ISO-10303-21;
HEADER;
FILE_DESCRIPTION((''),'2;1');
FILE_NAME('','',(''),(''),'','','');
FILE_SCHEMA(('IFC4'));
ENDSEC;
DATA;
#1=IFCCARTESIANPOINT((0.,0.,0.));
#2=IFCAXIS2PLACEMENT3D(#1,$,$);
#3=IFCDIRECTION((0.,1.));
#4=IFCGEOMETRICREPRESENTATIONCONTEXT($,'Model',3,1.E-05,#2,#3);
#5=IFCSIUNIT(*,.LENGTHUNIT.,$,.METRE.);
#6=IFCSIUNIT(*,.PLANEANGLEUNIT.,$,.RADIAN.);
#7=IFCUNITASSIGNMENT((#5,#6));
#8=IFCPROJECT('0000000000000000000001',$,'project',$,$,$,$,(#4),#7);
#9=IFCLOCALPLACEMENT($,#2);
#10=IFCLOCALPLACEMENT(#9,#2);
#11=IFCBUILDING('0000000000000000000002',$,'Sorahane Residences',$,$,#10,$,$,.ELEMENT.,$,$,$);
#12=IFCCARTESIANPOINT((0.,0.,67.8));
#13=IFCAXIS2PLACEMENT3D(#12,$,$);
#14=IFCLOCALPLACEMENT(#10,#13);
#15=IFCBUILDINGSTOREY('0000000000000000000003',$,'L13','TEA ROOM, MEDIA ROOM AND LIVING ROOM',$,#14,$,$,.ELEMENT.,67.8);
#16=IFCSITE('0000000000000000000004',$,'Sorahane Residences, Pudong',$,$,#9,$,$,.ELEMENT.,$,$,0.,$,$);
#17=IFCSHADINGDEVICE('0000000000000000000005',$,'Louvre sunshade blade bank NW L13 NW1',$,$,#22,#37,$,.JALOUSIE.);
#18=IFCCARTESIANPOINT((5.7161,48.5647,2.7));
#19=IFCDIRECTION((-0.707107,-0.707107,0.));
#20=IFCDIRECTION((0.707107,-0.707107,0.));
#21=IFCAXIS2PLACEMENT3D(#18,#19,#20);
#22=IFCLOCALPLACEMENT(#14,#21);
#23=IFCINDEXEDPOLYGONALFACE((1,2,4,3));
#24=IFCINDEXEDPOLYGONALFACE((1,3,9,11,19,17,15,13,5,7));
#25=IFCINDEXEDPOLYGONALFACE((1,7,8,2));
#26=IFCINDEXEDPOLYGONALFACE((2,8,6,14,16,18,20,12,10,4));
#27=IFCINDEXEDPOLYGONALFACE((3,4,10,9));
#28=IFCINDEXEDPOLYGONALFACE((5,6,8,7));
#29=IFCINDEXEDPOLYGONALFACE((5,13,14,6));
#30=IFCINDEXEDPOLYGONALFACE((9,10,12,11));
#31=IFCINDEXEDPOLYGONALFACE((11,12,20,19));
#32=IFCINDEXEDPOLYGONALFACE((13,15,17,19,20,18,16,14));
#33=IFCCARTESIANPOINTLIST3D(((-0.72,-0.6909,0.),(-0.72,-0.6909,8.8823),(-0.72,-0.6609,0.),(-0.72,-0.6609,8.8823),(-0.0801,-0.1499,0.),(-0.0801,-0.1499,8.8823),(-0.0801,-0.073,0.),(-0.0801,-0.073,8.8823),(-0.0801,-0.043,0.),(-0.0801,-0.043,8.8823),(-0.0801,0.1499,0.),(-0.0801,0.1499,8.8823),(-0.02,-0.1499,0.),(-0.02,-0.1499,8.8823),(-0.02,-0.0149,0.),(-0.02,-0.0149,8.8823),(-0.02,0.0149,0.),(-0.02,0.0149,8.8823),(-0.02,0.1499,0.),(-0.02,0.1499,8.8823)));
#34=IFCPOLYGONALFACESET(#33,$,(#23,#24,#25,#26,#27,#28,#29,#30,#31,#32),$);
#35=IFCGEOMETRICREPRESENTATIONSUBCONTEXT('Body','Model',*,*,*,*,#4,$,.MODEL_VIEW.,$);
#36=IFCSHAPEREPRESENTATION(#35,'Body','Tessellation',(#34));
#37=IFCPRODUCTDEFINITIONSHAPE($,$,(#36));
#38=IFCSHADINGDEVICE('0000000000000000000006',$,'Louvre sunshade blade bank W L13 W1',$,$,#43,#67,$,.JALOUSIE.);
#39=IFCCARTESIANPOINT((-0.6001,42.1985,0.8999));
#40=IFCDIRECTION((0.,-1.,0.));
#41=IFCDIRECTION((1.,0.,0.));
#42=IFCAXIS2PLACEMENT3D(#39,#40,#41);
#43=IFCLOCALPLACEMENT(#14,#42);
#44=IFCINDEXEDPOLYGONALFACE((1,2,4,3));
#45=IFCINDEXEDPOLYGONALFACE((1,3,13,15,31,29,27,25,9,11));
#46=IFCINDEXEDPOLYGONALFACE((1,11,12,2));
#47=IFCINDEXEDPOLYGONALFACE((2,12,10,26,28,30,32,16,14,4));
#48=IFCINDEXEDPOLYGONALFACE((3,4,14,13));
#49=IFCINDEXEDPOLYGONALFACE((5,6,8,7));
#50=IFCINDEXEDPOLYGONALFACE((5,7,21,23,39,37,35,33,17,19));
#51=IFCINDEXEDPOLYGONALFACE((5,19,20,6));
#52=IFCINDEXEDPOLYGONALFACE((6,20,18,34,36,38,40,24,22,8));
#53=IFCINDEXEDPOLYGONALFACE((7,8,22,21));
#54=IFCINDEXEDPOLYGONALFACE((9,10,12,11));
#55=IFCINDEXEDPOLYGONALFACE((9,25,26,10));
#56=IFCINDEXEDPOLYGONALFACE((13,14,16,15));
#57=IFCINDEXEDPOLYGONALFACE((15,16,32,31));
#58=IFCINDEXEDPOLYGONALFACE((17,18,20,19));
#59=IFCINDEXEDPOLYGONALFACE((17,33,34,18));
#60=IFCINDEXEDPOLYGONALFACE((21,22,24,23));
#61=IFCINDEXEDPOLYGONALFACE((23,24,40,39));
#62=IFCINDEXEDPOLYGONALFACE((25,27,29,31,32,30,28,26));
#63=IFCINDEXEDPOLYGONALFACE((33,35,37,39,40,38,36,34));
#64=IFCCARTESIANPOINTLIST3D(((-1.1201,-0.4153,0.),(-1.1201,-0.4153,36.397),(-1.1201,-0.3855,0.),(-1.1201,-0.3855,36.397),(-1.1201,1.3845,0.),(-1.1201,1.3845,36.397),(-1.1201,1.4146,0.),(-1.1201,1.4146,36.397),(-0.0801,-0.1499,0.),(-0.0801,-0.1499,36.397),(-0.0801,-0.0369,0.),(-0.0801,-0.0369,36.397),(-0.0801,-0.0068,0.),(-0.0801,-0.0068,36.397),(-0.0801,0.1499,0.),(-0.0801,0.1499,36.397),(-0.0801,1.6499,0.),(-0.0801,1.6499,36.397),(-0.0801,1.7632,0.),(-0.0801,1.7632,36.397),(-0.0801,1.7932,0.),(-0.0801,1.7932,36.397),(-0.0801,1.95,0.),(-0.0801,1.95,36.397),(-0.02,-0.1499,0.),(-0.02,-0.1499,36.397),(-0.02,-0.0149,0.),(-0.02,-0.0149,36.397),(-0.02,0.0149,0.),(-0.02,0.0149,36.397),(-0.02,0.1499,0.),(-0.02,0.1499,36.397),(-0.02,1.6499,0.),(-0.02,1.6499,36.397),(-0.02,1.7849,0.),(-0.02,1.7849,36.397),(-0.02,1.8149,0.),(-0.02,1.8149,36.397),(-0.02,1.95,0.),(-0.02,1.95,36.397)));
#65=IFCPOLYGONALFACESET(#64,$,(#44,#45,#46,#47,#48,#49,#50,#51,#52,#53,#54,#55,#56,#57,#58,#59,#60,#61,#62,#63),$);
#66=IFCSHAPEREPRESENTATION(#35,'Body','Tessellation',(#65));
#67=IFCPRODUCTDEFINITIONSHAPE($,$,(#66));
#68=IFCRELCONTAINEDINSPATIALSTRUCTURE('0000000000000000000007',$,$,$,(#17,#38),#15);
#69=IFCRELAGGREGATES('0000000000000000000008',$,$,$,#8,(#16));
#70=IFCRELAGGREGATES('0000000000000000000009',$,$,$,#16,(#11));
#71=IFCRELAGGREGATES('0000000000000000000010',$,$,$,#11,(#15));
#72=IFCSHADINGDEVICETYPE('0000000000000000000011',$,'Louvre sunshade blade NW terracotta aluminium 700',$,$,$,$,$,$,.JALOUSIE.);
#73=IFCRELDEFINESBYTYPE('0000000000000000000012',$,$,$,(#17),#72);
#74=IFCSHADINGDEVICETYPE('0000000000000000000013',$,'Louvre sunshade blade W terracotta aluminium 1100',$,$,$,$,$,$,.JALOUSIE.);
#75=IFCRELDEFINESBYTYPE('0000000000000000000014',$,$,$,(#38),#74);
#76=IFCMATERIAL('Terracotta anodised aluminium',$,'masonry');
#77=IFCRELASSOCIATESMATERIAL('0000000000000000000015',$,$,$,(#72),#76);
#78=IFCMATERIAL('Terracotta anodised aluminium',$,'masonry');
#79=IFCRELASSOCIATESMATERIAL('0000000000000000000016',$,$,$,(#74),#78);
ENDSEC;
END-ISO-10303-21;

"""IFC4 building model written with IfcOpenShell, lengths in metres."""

from ifc_helpers import new_model, si_unit, direction, frame, origin, place, context, subcontext, project, spatial, polyline, outline, composite_profile, extrude, material, type_object, element, save


model = new_model("IFC4")

# Units and contexts
model_context = context("Model", 3, precision=1e-05, world=origin(), true_north=direction((0.0, 1.0)))
body_context = subcontext(model_context, "Body", "Model", "MODEL_VIEW")
ifc_project = project(units=[si_unit("LENGTHUNIT", "METRE"), si_unit("PLANEANGLEUNIT", "RADIAN")], contexts=[model_context])

# Site, building, storey
site_placement = place(None, origin())
site = spatial("IfcSite", under=ifc_project, at=site_placement, Name="Sorahane Residences, Pudong", CompositionType="ELEMENT", RefElevation=0.0)
building_placement = place(site_placement, origin())
building = spatial("IfcBuilding", under=site, at=building_placement, Name="Sorahane Residences", CompositionType="ELEMENT")
storey_placement = place(building_placement, frame((0.0, 0.0, 67.8)))
storey = spatial("IfcBuildingStorey", under=building, at=storey_placement, Name="L13", Description="TEA ROOM, MEDIA ROOM AND LIVING ROOM", CompositionType="ELEMENT", Elevation=67.8)

# Shading devices
ifc_material_1 = material(Name="Terracotta anodised aluminium", Category="masonry")
shading_device_type_1 = type_object("IfcShadingDeviceType", Name="Louvre sunshade blade NW terracotta aluminium 700", PredefinedType="JALOUSIE", material=ifc_material_1)
shading_device_1_placement = place(storey_placement, frame((5.7161, 48.5647, 2.7), z_axis=(-0.707107, -0.707107, 0.0), x_axis=(0.707107, -0.707107, 0.0)))
element("IfcShadingDevice", 1, at=shading_device_1_placement, inside=storey, type_object=shading_device_type_1, Name="Louvre sunshade blade bank NW L13 NW1", PredefinedType="JALOUSIE", context=body_context, shape_type="SweptSolid", body=[
    extrude(outline(polyline([(-0.72, -0.6609), (-0.72, -0.6909), (-0.0801, -0.073), (-0.0801, -0.1499), (-0.02, -0.1499), (-0.02, -0.0149), (-0.02, 0.0149), (-0.02, 0.1499), (-0.0801, 0.1499), (-0.0801, -0.043), (-0.72, -0.6609)])), origin(), (0.0, 0.0, 1.0), 8.8823),
])
ifc_material_2 = material(Name="Terracotta anodised aluminium", Category="masonry")
shading_device_type_2 = type_object("IfcShadingDeviceType", Name="Louvre sunshade blade W terracotta aluminium 1100", PredefinedType="JALOUSIE", material=ifc_material_2)
shading_device_2_placement = place(storey_placement, frame((-0.6001, 42.1985, 0.8999), z_axis=(0.0, -1.0, 0.0), x_axis=(1.0, 0.0, 0.0)))
element("IfcShadingDevice", 2, at=shading_device_2_placement, inside=storey, type_object=shading_device_type_2, Name="Louvre sunshade blade bank W L13 W1", PredefinedType="JALOUSIE", context=body_context, shape_type="SweptSolid", body=[
    extrude(composite_profile([outline(polyline([(-1.1201, -0.3855), (-1.1201, -0.4153), (-0.0801, -0.0369), (-0.0801, -0.1499), (-0.02, -0.1499), (-0.02, -0.0149), (-0.02, 0.0149), (-0.02, 0.1499), (-0.0801, 0.1499), (-0.0801, -0.0068), (-1.1201, -0.3855)])), outline(polyline([(-1.1201, 1.4146), (-1.1201, 1.3845), (-0.0801, 1.7632), (-0.0801, 1.6499), (-0.02, 1.6499), (-0.02, 1.7849), (-0.02, 1.8149), (-0.02, 1.95), (-0.0801, 1.95), (-0.0801, 1.7932), (-1.1201, 1.4146)]))]), origin(), (0.0, 0.0, 1.0), 36.397),
])

save(model, "model.ifc")
